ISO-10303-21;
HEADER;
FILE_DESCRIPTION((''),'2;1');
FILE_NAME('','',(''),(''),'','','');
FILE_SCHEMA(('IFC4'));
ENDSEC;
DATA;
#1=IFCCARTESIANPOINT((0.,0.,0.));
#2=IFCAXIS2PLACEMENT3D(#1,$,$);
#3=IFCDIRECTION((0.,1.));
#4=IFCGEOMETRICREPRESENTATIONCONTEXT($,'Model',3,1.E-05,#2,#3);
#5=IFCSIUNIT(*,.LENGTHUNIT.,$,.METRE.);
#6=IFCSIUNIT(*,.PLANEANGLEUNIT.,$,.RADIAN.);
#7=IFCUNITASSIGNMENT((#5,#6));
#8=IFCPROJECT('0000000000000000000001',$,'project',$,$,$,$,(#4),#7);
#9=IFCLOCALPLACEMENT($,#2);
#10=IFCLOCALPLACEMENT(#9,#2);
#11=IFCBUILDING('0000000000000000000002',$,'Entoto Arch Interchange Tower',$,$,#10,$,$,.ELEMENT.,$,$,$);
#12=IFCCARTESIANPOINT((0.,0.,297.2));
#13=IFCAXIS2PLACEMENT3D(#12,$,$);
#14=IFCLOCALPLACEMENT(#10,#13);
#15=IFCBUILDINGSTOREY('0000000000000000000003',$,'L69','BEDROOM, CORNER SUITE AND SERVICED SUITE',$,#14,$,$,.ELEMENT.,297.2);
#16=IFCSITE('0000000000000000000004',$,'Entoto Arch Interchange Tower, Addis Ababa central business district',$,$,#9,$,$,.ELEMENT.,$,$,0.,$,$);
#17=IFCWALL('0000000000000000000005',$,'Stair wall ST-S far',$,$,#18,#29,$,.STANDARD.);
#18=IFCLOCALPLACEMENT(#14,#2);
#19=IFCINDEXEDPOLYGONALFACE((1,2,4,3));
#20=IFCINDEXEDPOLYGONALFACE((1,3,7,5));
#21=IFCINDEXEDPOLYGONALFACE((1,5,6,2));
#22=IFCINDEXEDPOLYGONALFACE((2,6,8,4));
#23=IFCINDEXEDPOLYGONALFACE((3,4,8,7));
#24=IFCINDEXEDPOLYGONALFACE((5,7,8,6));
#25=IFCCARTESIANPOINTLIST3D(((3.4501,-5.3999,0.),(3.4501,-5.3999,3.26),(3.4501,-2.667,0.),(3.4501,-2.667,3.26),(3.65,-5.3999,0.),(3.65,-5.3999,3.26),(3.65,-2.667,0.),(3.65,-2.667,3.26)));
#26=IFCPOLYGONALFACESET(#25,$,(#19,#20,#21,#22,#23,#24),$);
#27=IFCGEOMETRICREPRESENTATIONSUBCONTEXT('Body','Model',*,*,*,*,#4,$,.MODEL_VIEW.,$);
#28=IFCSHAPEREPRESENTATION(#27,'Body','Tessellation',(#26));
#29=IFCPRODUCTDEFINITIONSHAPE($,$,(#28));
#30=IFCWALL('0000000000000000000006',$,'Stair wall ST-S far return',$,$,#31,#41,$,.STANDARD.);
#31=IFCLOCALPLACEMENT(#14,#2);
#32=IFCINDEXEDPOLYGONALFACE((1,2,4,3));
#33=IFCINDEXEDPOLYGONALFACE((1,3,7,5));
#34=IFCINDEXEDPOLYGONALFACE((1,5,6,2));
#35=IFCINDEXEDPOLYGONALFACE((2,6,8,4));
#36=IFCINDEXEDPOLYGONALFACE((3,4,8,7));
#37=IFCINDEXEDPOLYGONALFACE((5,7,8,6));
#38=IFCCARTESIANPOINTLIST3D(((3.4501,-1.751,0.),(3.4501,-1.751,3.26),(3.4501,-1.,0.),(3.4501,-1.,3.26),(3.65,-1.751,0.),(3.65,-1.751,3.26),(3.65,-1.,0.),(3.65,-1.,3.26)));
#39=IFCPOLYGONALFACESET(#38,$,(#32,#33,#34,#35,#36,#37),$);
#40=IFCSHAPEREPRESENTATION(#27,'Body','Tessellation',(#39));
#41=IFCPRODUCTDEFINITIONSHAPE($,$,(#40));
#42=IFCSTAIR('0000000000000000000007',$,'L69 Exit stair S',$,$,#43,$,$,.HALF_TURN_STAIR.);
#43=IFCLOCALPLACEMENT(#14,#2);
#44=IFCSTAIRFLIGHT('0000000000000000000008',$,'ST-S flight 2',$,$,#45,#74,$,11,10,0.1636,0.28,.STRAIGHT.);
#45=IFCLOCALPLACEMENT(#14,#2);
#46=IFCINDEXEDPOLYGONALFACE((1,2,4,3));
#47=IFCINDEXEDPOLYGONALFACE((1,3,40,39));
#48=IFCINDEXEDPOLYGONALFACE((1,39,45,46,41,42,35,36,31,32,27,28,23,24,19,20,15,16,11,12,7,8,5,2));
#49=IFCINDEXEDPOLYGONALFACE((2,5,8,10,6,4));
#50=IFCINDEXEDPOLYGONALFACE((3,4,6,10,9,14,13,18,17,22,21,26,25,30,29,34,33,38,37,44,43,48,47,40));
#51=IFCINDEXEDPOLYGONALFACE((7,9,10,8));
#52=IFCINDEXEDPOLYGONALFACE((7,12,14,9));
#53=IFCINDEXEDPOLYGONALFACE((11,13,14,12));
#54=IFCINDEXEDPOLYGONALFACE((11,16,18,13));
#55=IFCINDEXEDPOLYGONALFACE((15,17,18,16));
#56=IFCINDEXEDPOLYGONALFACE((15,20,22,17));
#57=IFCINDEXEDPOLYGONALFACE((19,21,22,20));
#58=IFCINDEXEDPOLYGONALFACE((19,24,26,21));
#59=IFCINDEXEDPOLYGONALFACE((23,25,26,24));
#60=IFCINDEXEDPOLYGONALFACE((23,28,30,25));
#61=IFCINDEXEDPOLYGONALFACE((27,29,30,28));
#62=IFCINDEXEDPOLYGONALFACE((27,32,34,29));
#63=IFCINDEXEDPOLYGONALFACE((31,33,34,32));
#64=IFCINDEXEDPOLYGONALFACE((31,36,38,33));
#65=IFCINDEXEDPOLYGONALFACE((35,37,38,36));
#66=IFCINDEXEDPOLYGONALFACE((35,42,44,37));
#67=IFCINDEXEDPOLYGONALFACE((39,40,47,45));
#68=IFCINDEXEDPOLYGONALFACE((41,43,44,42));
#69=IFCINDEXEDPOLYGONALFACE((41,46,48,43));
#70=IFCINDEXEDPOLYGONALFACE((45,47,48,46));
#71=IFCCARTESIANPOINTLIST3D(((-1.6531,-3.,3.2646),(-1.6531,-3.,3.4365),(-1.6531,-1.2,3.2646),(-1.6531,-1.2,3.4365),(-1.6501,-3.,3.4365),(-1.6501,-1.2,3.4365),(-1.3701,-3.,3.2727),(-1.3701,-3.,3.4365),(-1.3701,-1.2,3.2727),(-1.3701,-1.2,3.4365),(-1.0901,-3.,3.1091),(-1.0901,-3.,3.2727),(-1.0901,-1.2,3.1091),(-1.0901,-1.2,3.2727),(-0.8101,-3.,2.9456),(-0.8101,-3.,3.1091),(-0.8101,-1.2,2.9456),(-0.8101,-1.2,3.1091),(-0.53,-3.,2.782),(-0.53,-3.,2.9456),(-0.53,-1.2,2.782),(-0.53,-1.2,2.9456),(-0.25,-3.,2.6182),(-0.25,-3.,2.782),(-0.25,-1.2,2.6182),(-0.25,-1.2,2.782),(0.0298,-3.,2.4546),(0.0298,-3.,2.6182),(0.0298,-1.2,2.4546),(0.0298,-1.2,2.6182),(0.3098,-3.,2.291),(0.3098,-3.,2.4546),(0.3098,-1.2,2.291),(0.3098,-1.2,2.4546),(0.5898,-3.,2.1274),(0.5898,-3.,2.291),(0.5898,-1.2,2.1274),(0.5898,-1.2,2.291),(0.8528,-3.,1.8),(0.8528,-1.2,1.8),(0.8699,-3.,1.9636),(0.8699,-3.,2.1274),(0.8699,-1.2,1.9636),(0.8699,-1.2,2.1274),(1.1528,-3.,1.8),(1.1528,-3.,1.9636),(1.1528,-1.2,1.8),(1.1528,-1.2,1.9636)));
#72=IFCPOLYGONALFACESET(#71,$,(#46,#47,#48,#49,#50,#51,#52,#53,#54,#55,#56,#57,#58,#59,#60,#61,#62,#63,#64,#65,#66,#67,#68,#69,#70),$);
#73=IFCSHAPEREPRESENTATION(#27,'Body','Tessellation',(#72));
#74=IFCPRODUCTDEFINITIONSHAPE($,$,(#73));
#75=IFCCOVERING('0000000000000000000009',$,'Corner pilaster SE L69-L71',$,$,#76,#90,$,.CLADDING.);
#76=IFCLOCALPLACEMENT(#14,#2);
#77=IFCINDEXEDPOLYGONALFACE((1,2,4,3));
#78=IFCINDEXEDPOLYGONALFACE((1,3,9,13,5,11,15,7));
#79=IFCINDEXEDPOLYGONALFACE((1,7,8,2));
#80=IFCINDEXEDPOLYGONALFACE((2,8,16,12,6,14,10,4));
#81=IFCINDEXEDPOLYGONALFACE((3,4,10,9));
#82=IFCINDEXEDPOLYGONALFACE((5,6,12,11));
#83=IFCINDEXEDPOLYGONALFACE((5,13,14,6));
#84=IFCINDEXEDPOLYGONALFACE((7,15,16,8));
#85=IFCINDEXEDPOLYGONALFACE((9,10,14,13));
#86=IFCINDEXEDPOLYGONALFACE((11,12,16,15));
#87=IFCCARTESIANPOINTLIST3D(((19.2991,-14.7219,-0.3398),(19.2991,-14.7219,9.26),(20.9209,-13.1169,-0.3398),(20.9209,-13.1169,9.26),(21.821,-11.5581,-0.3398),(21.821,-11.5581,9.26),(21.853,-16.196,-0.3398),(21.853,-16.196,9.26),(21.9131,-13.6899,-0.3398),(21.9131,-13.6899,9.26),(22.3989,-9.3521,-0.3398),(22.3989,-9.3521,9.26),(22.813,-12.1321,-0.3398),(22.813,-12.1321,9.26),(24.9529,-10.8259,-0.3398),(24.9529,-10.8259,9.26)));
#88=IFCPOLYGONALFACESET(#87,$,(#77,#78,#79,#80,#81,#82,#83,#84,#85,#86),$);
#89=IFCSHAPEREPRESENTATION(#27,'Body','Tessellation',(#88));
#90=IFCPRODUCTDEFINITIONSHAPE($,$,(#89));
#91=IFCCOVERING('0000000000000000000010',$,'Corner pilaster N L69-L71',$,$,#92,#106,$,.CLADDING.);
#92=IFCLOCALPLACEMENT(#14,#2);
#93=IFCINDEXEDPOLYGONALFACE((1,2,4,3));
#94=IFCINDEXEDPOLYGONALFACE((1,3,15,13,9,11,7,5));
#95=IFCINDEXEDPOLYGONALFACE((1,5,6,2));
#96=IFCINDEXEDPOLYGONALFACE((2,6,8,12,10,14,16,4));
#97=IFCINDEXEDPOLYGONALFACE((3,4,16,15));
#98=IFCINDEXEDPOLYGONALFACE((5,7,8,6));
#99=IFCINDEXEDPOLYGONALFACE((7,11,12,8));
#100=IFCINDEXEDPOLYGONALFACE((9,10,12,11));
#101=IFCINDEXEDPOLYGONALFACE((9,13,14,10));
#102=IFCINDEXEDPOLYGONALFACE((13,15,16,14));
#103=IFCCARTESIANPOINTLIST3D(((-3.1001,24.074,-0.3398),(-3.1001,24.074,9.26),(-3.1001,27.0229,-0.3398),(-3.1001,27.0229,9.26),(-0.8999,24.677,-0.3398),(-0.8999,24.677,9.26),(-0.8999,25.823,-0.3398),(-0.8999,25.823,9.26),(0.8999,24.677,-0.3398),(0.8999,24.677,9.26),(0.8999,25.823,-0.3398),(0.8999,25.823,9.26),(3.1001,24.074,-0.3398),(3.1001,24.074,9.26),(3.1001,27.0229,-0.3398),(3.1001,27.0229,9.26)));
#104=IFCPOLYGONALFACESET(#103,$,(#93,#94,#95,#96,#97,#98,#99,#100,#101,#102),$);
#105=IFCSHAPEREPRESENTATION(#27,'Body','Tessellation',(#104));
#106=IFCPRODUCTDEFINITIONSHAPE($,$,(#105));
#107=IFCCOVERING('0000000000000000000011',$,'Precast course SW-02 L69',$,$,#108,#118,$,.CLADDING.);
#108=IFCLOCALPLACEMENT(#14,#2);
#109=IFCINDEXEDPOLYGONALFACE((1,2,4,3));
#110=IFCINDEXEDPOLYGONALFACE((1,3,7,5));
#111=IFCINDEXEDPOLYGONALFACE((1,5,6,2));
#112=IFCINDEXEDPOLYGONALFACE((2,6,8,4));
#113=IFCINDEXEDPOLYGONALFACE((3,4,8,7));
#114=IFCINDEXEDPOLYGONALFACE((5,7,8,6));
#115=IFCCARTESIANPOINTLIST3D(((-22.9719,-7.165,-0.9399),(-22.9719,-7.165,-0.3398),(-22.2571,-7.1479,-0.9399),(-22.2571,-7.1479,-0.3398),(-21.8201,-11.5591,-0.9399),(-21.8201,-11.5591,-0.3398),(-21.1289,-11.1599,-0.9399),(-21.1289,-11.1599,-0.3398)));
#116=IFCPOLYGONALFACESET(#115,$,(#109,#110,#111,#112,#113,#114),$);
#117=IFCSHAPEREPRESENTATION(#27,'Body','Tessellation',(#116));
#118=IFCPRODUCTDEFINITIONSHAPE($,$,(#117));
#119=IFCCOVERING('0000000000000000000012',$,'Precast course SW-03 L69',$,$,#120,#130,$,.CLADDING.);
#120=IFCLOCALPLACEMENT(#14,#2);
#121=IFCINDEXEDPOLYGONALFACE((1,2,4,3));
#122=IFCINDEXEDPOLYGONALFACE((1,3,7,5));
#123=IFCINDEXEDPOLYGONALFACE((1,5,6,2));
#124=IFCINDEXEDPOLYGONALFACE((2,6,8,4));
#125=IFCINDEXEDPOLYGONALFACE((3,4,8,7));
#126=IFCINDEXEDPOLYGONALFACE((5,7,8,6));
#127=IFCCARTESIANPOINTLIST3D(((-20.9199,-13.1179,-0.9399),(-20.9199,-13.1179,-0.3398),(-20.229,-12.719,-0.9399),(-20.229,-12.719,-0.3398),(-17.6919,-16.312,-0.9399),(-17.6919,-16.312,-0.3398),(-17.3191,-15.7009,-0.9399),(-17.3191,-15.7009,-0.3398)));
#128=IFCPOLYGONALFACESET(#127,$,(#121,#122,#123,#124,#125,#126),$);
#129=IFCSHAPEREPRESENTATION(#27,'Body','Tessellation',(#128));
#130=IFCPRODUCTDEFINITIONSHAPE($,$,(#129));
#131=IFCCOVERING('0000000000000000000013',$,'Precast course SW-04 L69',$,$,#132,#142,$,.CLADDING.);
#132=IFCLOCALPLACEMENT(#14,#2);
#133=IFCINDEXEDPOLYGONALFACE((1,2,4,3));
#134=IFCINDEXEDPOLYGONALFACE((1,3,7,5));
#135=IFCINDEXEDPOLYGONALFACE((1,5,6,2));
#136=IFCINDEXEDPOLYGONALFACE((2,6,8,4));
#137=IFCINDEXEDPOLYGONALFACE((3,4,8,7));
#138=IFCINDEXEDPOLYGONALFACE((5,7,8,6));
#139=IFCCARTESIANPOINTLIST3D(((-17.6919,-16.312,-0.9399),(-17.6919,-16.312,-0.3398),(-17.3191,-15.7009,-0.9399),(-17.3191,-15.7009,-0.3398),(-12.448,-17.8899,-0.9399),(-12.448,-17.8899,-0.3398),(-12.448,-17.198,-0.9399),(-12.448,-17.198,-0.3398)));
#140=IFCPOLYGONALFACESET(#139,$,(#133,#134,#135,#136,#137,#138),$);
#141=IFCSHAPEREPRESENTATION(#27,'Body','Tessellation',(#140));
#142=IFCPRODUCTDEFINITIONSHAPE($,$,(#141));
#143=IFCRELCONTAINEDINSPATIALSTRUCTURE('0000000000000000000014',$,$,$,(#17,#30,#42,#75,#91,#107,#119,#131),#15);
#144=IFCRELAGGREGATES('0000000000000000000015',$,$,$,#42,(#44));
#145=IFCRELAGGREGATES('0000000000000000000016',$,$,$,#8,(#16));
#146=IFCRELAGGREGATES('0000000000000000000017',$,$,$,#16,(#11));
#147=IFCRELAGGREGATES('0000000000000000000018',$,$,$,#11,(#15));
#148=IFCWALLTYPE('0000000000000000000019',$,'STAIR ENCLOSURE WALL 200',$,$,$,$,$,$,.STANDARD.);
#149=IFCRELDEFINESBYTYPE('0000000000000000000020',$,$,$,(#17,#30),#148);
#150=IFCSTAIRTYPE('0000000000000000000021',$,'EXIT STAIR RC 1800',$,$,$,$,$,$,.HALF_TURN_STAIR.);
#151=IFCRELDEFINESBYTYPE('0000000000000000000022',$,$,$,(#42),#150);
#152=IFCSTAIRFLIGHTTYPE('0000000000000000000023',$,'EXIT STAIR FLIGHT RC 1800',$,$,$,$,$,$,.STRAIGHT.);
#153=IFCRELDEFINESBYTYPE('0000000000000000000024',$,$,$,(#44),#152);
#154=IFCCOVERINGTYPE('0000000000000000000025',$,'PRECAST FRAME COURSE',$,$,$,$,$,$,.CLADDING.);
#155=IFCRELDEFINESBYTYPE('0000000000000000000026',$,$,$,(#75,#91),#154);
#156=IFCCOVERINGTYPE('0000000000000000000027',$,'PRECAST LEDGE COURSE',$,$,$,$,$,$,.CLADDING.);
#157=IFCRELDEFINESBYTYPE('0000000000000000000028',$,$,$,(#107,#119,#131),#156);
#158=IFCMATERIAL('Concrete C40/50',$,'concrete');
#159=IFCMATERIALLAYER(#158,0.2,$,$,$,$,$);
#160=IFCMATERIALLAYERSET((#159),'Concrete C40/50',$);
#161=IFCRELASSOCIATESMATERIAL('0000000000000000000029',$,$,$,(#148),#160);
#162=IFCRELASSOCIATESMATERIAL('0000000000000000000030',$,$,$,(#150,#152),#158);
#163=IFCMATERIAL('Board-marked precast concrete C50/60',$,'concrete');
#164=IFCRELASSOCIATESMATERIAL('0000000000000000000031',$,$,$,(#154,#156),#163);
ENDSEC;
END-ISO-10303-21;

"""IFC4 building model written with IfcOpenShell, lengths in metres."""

from ifc_helpers import new_model, si_unit, direction, frame, frame_2d, origin, place, context, subcontext, project, spatial, polyline, rectangle, outline, extrude, material, layer, layer_set, type_object, element, aggregate, save


model = new_model("IFC4")

# Units and contexts
model_context = context("Model", 3, precision=1e-05, world=origin(), true_north=direction((0.0, 1.0)))
body_context = subcontext(model_context, "Body", "Model", "MODEL_VIEW")
ifc_project = project(units=[si_unit("LENGTHUNIT", "METRE"), si_unit("PLANEANGLEUNIT", "RADIAN")], contexts=[model_context])

# Site, building, storey
site_placement = place(None, origin())
site = spatial("IfcSite", under=ifc_project, at=site_placement, Name="Entoto Arch Interchange Tower, Addis Ababa central business district", CompositionType="ELEMENT", RefElevation=0.0)
building_placement = place(site_placement, origin())
building = spatial("IfcBuilding", under=site, at=building_placement, Name="Entoto Arch Interchange Tower", CompositionType="ELEMENT")
storey_placement = place(building_placement, frame((0.0, 0.0, 297.2)))
storey = spatial("IfcBuildingStorey", under=building, at=storey_placement, Name="L69", Description="BEDROOM, CORNER SUITE AND SERVICED SUITE", CompositionType="ELEMENT", Elevation=297.2)

# Shared definitions
ifc_material_1 = material(Name="Board-marked precast concrete C50/60", Category="concrete")

# Shared definitions
ifc_material_2 = material(Name="Concrete C40/50", Category="concrete")

# Walls
ifc_layer_1 = layer(ifc_material_2, 0.2)
ifc_layer_set_1 = layer_set([ifc_layer_1], Name="Concrete C40/50")
wall_type_1 = type_object("IfcWallType", Name="STAIR ENCLOSURE WALL 200", PredefinedType="STANDARD", material=ifc_layer_set_1)
wall_1_placement = place(storey_placement, frame((3.55, -2.667, 0.0), z_axis=(0.0, 0.0, 1.0), x_axis=(0.0, -1.0, 0.0)))
element("IfcWall", 1, at=wall_1_placement, inside=storey, type_object=wall_type_1, Name="Stair wall ST-S far", PredefinedType="STANDARD", context=body_context, shape_type="SweptSolid", body=[
    extrude(rectangle(XDim=2.7329, YDim=0.2, at=frame_2d((1.3665, 0.0))), origin(), (0.0, 0.0, 1.0), 3.26),
])
wall_2_placement = place(storey_placement, frame((3.55, -1.0, 0.0), z_axis=(0.0, 0.0, 1.0), x_axis=(0.0, -1.0, 0.0)))
element("IfcWall", 2, at=wall_2_placement, inside=storey, type_object=wall_type_1, Name="Stair wall ST-S far return", PredefinedType="STANDARD", context=body_context, shape_type="SweptSolid", body=[
    extrude(rectangle(XDim=0.751, YDim=0.2, at=frame_2d((0.3755, 0.0))), origin(), (0.0, 0.0, 1.0), 3.26),
])

# Stair, stair flight
stair_type = type_object("IfcStairType", Name="EXIT STAIR RC 1800", PredefinedType="HALF_TURN_STAIR", material=ifc_material_2)
stair_placement = place(storey_placement, origin())
stair = element("IfcStair", 3, at=stair_placement, inside=storey, type_object=stair_type, Name="L69 Exit stair S", PredefinedType="HALF_TURN_STAIR")
stair_flight_type = type_object("IfcStairFlightType", Name="EXIT STAIR FLIGHT RC 1800", PredefinedType="STRAIGHT", material=ifc_material_2)
stair_flight_placement = place(storey_placement, frame((1.1499, -2.1001, 1.8), z_axis=(0.0, 0.0, 1.0), x_axis=(-1.0, 0.0, 0.0)))
stair_flight = element("IfcStairFlight", 4, at=stair_flight_placement, type_object=stair_flight_type, Name="ST-S flight 2", NumberOfRisers=11, NumberOfTreads=10, PredefinedType="STRAIGHT", RiserHeight=0.1636, TreadLength=0.28, context=body_context, shape_type="SweptSolid", body=[
    extrude(outline(polyline([(-0.0029, 0.0), (-0.0029, 0.1636), (0.28, 0.1636), (0.28, 0.3274), (0.5601, 0.3274), (0.5601, 0.491), (0.8401, 0.491), (0.8401, 0.6545), (1.1201, 0.6545), (1.1201, 0.8181), (1.3999, 0.8181), (1.3999, 0.9819), (1.6799, 0.9819), (1.6799, 1.1455), (1.96, 1.1455), (1.96, 1.3091), (2.24, 1.3091), (2.24, 1.4727), (2.52, 1.4727), (2.52, 1.6365), (2.8, 1.6365), (2.803, 1.6365), (2.803, 1.4646), (0.2971, 0.0), (-0.0029, 0.0)])), frame((0.0, 0.8999, 0.0), z_axis=(0.0, -1.0, 0.0), x_axis=(1.0, 0.0, 0.0)), (0.0, 0.0, 1.0), 1.8),
])
aggregate(stair, [stair_flight])

# Coverings
covering_type_1 = type_object("IfcCoveringType", Name="PRECAST FRAME COURSE", PredefinedType="CLADDING", material=ifc_material_1)
covering_1_placement = place(storey_placement, frame((0.0, 0.0, -0.3398)))
element("IfcCovering", 5, at=covering_1_placement, inside=storey, type_object=covering_type_1, Name="Corner pilaster SE L69-L71", PredefinedType="CLADDING", context=body_context, shape_type="SweptSolid", body=[
    extrude(outline(polyline([(24.9529, -10.8259), (21.853, -16.196), (19.2991, -14.7219), (20.9209, -13.1169), (21.9131, -13.6899), (22.813, -12.1321), (21.821, -11.5581), (22.3989, -9.3521), (24.9529, -10.8259)])), origin(), (0.0, 0.0, 1.0), 9.5999),
])
covering_2_placement = place(storey_placement, frame((0.0, 0.0, -0.3398)))
element("IfcCovering", 6, at=covering_2_placement, inside=storey, type_object=covering_type_1, Name="Corner pilaster N L69-L71", PredefinedType="CLADDING", context=body_context, shape_type="SweptSolid", body=[
    extrude(outline(polyline([(-3.1001, 27.0229), (3.1001, 27.0229), (3.1001, 24.074), (0.8999, 24.677), (0.8999, 25.823), (-0.8999, 25.823), (-0.8999, 24.677), (-3.1001, 24.074), (-3.1001, 27.0229)])), origin(), (0.0, 0.0, 1.0), 9.5999),
])
covering_type_2 = type_object("IfcCoveringType", Name="PRECAST LEDGE COURSE", PredefinedType="CLADDING", material=ifc_material_1)
covering_3_placement = place(storey_placement, frame((0.0, 0.0, -0.9399)))
element("IfcCovering", 7, at=covering_3_placement, inside=storey, type_object=covering_type_2, Name="Precast course SW-02 L69", PredefinedType="CLADDING", context=body_context, shape_type="SweptSolid", body=[
    extrude(outline(polyline([(-21.1289, -11.1599), (-21.8201, -11.5591), (-22.9719, -7.165), (-22.2571, -7.1479), (-21.1289, -11.1599)])), origin(), (0.0, 0.0, 1.0), 0.6001),
])
covering_4_placement = place(storey_placement, frame((0.0, 0.0, -0.9399)))
element("IfcCovering", 8, at=covering_4_placement, inside=storey, type_object=covering_type_2, Name="Precast course SW-03 L69", PredefinedType="CLADDING", context=body_context, shape_type="SweptSolid", body=[
    extrude(outline(polyline([(-17.3191, -15.7009), (-17.6919, -16.312), (-20.9199, -13.1179), (-20.229, -12.719), (-17.3191, -15.7009)])), origin(), (0.0, 0.0, 1.0), 0.6001),
])
covering_5_placement = place(storey_placement, frame((0.0, 0.0, -0.9399)))
element("IfcCovering", 9, at=covering_5_placement, inside=storey, type_object=covering_type_2, Name="Precast course SW-04 L69", PredefinedType="CLADDING", context=body_context, shape_type="SweptSolid", body=[
    extrude(outline(polyline([(-12.448, -17.198), (-12.448, -17.8899), (-17.6919, -16.312), (-17.3191, -15.7009), (-12.448, -17.198)])), origin(), (0.0, 0.0, 1.0), 0.6001),
])

save(model, "model.ifc")
